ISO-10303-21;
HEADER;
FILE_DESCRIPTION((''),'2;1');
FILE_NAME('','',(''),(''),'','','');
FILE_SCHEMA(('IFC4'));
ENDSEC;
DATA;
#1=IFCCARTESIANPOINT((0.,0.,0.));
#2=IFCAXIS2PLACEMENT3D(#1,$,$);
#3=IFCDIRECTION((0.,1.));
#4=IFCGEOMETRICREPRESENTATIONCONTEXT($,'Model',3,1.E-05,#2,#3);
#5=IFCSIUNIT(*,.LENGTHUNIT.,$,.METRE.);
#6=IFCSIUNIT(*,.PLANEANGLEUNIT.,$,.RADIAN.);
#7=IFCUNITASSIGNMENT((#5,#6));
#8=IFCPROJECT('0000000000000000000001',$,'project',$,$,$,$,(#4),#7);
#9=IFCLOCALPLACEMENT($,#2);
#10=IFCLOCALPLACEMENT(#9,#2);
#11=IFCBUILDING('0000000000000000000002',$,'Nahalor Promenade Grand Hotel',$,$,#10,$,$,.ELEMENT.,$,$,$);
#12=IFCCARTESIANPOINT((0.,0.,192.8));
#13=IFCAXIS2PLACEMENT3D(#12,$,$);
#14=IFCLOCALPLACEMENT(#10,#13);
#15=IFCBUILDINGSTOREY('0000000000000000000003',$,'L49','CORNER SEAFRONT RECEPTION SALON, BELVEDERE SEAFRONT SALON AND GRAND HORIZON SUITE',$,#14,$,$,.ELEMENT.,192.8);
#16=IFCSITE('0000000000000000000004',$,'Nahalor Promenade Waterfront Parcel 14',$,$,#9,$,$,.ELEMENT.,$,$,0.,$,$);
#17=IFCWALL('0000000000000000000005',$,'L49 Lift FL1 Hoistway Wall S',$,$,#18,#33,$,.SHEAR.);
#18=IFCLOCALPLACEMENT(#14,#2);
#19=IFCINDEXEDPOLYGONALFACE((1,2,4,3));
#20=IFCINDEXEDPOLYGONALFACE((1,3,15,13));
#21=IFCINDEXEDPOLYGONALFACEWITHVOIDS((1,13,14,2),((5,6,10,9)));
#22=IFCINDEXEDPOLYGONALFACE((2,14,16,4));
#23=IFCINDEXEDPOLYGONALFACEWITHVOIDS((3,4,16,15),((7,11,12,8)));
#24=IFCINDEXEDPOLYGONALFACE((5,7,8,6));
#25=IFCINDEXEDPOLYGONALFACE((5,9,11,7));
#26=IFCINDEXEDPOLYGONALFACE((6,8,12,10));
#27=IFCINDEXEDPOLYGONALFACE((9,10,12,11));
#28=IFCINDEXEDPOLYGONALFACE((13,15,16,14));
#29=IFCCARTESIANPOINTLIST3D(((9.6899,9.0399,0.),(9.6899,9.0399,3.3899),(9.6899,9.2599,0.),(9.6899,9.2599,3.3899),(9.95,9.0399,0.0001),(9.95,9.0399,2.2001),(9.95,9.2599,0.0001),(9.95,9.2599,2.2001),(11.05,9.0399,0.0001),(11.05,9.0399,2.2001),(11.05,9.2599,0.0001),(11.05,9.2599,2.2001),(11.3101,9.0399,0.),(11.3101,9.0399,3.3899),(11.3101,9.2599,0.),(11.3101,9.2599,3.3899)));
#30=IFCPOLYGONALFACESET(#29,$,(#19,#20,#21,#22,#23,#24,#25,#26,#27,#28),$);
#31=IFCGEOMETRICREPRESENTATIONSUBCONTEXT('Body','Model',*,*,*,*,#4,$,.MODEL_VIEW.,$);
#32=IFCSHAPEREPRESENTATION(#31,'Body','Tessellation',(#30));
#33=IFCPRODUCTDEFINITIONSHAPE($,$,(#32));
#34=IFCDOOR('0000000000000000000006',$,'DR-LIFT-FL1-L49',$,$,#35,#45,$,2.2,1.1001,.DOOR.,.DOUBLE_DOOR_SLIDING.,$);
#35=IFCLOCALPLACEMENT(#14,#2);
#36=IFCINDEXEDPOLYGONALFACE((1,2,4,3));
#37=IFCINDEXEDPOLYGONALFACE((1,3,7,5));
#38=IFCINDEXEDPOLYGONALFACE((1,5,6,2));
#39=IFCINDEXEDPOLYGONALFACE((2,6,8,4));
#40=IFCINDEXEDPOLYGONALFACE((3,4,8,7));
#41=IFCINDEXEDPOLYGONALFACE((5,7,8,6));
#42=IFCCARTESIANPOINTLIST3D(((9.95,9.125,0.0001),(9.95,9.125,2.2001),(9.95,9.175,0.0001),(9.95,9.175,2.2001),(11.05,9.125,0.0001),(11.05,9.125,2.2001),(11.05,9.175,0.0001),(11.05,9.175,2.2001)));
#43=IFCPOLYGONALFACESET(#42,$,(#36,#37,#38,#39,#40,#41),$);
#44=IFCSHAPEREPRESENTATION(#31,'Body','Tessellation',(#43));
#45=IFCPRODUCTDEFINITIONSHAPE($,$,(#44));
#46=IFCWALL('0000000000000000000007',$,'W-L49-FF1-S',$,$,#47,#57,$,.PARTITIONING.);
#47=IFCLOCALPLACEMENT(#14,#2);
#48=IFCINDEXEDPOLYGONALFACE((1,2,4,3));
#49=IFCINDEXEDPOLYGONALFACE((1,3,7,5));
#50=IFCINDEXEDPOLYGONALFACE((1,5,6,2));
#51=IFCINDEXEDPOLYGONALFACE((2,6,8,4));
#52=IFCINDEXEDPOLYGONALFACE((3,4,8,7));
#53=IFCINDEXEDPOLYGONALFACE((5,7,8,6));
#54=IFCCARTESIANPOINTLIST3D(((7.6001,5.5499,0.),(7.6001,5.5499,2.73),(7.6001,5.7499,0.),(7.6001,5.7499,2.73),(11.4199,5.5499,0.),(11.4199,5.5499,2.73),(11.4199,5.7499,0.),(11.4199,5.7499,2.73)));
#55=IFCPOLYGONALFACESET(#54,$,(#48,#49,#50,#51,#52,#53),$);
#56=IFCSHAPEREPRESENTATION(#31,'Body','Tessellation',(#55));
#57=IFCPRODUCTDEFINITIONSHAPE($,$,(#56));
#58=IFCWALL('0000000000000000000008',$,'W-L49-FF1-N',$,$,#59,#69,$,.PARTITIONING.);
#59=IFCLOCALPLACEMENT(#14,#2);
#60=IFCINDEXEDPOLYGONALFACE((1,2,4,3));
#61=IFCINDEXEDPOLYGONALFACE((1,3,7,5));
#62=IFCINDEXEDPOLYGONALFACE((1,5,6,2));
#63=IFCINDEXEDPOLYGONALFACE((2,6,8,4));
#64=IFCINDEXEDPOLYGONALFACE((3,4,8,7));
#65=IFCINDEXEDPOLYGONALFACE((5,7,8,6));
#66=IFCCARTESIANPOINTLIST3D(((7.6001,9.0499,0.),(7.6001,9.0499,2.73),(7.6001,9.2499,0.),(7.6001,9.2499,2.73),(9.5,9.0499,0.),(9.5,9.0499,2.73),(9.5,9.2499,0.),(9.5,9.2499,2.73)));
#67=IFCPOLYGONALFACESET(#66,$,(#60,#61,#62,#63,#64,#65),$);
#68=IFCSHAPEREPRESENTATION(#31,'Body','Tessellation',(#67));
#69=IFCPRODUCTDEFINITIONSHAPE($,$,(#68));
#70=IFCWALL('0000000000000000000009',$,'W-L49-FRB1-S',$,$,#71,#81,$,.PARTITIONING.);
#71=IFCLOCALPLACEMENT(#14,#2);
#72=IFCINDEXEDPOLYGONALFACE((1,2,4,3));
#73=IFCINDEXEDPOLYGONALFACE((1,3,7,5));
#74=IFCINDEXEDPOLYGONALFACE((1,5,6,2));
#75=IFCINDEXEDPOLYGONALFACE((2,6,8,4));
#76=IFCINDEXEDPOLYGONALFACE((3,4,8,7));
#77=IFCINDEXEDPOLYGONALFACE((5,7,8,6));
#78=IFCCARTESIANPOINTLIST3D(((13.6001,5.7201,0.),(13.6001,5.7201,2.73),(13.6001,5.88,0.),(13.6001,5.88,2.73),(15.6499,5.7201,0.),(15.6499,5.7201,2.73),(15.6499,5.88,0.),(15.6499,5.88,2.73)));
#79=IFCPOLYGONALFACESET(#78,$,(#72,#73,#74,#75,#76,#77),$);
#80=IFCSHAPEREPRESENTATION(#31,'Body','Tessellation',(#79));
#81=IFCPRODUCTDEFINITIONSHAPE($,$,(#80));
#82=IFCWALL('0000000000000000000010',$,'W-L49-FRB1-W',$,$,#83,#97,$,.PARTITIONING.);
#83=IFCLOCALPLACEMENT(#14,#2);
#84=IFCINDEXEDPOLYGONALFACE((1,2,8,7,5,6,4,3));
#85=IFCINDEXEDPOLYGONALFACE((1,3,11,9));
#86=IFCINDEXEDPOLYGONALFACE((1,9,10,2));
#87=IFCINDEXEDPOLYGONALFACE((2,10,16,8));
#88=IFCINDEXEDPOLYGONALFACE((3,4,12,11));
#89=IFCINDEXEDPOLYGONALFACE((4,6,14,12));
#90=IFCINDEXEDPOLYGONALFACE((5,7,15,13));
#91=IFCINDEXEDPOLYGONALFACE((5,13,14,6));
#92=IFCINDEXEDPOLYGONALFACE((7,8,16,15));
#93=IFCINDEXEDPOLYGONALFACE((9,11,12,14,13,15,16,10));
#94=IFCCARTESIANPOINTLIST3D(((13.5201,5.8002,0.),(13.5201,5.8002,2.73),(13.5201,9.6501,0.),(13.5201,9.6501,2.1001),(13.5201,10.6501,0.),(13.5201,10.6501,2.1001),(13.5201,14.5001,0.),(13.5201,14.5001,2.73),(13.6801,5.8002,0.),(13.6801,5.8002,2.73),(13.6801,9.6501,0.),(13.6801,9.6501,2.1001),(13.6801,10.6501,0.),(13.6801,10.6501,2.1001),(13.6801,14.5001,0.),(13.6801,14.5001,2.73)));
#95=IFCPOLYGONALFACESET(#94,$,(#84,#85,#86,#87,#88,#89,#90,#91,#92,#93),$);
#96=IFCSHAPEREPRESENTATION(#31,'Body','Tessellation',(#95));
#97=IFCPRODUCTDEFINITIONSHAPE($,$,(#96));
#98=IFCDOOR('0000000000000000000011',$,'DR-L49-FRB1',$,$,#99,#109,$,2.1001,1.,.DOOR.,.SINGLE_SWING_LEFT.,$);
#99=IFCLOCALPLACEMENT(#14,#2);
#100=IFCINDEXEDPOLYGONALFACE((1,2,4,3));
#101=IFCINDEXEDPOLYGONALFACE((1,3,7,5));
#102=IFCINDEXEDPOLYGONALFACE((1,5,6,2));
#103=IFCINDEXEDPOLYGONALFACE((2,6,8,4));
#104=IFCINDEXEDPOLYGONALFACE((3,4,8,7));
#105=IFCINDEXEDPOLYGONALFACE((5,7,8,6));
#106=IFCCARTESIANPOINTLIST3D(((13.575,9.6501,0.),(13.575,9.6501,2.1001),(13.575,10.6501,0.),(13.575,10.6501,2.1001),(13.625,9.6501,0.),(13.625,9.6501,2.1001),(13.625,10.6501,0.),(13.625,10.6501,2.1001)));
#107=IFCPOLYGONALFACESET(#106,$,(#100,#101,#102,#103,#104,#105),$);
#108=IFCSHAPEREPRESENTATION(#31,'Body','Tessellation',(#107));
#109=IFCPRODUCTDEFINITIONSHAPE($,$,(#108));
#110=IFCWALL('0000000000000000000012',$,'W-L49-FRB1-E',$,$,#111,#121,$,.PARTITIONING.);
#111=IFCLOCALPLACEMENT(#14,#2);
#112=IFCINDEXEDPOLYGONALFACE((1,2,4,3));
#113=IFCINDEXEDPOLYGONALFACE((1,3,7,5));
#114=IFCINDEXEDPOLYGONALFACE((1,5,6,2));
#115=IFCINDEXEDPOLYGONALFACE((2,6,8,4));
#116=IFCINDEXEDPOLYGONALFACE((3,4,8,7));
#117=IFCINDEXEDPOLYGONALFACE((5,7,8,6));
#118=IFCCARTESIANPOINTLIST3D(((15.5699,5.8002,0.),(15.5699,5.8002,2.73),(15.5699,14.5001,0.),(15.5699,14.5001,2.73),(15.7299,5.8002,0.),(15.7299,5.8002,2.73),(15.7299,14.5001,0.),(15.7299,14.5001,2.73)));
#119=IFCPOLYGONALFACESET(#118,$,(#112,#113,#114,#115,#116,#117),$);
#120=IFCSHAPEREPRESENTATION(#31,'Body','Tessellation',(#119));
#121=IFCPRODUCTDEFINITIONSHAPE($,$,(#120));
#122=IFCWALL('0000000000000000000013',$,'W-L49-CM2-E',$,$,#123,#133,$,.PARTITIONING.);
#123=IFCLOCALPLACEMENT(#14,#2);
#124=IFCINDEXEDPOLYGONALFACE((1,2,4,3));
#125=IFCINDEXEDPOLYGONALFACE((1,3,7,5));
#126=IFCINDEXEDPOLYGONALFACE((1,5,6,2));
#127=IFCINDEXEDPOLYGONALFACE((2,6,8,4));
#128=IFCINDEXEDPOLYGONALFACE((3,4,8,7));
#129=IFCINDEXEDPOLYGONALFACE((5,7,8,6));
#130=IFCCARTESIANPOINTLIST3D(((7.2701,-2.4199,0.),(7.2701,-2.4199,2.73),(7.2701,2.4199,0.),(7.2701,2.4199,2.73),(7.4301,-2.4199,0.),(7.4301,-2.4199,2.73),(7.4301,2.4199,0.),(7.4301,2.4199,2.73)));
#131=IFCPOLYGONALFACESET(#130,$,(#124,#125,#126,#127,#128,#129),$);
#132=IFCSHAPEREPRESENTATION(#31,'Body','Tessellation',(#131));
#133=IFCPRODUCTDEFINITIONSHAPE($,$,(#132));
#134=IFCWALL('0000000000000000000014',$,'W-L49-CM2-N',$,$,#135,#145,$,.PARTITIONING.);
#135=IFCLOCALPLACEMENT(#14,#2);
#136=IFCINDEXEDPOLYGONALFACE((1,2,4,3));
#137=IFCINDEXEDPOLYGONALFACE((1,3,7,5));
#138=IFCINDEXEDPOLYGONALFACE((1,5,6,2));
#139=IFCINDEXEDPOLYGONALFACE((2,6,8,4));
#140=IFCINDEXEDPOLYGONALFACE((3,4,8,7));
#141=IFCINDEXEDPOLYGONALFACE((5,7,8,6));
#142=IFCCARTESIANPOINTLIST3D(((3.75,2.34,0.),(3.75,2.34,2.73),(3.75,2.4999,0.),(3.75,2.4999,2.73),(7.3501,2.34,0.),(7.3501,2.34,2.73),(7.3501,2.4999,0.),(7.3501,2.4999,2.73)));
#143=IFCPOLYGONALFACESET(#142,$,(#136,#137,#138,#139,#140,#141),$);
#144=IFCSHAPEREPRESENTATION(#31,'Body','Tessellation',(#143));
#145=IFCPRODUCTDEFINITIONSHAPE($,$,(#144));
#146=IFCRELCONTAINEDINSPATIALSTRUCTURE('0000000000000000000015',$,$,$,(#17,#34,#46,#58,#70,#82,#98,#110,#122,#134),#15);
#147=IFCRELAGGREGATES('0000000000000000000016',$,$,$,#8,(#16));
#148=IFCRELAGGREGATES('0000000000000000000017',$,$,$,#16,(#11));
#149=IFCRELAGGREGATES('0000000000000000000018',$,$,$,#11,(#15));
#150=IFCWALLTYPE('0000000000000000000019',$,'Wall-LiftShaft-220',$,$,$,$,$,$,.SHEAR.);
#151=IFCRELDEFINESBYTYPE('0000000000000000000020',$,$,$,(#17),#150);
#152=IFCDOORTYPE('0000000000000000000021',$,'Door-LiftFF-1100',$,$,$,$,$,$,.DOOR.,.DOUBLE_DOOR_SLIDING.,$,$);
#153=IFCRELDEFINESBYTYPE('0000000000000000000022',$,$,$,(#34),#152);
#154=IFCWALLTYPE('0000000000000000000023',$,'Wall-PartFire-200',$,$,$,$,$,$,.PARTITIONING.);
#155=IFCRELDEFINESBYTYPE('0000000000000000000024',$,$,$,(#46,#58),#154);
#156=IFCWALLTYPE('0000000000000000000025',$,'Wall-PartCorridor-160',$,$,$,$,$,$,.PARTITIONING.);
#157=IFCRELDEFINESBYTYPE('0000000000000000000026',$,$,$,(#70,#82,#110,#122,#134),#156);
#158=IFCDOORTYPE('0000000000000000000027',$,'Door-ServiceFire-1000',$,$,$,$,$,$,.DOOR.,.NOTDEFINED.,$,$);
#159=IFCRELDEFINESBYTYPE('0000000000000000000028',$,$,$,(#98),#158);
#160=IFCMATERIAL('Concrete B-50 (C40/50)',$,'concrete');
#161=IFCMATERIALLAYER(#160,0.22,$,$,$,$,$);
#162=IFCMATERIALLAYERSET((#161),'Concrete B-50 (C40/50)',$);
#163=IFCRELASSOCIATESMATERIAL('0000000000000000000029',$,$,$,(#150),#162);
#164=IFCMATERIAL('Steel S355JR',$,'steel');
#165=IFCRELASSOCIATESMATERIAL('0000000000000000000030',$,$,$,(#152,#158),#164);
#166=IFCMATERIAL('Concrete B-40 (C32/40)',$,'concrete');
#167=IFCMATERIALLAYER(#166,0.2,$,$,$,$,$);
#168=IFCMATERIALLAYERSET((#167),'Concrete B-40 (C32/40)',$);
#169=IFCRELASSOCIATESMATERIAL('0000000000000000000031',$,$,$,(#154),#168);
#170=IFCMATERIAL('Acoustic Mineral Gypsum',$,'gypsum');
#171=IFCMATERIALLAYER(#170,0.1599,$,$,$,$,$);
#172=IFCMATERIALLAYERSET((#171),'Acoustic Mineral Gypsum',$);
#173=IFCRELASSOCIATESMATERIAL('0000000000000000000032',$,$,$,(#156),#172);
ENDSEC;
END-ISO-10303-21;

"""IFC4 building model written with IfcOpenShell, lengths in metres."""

from ifc_helpers import new_model, si_unit, direction, frame, frame_2d, origin, place, context, subcontext, project, spatial, rectangle, extrude, source, transform, mapped, material, layer, layer_set, type_object, element, fill, save


model = new_model("IFC4")

# Units and contexts
model_context = context("Model", 3, precision=1e-05, world=origin(), true_north=direction((0.0, 1.0)))
body_context = subcontext(model_context, "Body", "Model", "MODEL_VIEW")
ifc_project = project(units=[si_unit("LENGTHUNIT", "METRE"), si_unit("PLANEANGLEUNIT", "RADIAN")], contexts=[model_context])

# Site, building, storey
site_placement = place(None, origin())
site = spatial("IfcSite", under=ifc_project, at=site_placement, Name="Nahalor Promenade Waterfront Parcel 14", CompositionType="ELEMENT", RefElevation=0.0)
building_placement = place(site_placement, origin())
building = spatial("IfcBuilding", under=site, at=building_placement, Name="Nahalor Promenade Grand Hotel", CompositionType="ELEMENT")
storey_placement = place(building_placement, frame((0.0, 0.0, 192.8)))
storey = spatial("IfcBuildingStorey", under=building, at=storey_placement, Name="L49", Description="CORNER SEAFRONT RECEPTION SALON, BELVEDERE SEAFRONT SALON AND GRAND HORIZON SUITE", CompositionType="ELEMENT", Elevation=192.8)

# Shared definitions
ifc_material_1 = material(Name="Steel S355JR", Category="steel")

# Shared definitions
ifc_material_2 = material(Name="Concrete B-50 (C40/50)", Category="concrete")

# Shared definitions
ifc_layer_1 = layer(ifc_material_2, 0.22)
ifc_layer_set_1 = layer_set([ifc_layer_1], Name="Concrete B-50 (C40/50)")
wall_type_1 = type_object("IfcWallType", Name="Wall-LiftShaft-220", PredefinedType="SHEAR", material=ifc_layer_set_1)

# Wall, opening, door
shared_shape_1 = source(origin(), body_context, "Body", "SweptSolid", [
    extrude(rectangle(XDim=1.6201, YDim=0.22, at=frame_2d((0.8101, 0.0))), origin(), (0.0, 0.0, 1.0), 3.3899),
])
wall_1_placement = place(storey_placement, frame((9.6899, 9.1499, 0.0), z_axis=(0.0, 0.0, 1.0), x_axis=(1.0, 0.0, 0.0)))
wall_1 = element("IfcWall", 1, at=wall_1_placement, inside=storey, type_object=wall_type_1, Name="L49 Lift FL1 Hoistway Wall S", PredefinedType="SHEAR", context=body_context, shape_type="MappedRepresentation", body=[
    mapped(shared_shape_1, transform((0.0, 0.0, 0.0), scale=1.0)),
])
opening_1_placement = place(wall_1_placement, frame((0.26, 0.0, 0.0)))
opening_1 = element("IfcOpeningElement", 2, at=opening_1_placement, cuts=wall_1, PredefinedType="OPENING", context=body_context, shape_type="SweptSolid", body=[
    extrude(rectangle(XDim=1.1001, YDim=2.2, at=frame_2d((0.55, 1.1001))), frame((0.0, 0.1199, 0.0), z_axis=(0.0, -1.0, 0.0), x_axis=(1.0, 0.0, 0.0)), (0.0, 0.0, 1.0), 0.24),
])
door_type_1 = type_object("IfcDoorType", Name="Door-LiftFF-1100", OperationType="DOUBLE_DOOR_SLIDING", PredefinedType="DOOR", material=ifc_material_1)
shared_shape_2 = source(origin(), body_context, "Body", "SweptSolid", [
    extrude(rectangle(XDim=1.1001, YDim=2.2, at=frame_2d((0.55, 1.1001))), frame((0.0, 0.0249, 0.0), z_axis=(0.0, -1.0, 0.0), x_axis=(1.0, 0.0, 0.0)), (0.0, 0.0, 1.0), 0.05),
])
door_1_placement = place(opening_1_placement, frame((1.1001, 0.0, 0.0), z_axis=(0.0, 0.0, 1.0), x_axis=(-1.0, 0.0, 0.0)))
door_1 = element("IfcDoor", 3, at=door_1_placement, inside=storey, type_object=door_type_1, Name="DR-LIFT-FL1-L49", OperationType="DOUBLE_DOOR_SLIDING", OverallHeight=2.2, OverallWidth=1.1001, PredefinedType="DOOR", context=body_context, shape_type="MappedRepresentation", body=[
    mapped(shared_shape_2, transform((0.0, 0.0, 0.0), scale=1.0)),
])
fill(opening_1, door_1)

# Walls
ifc_material_3 = material(Name="Concrete B-40 (C32/40)", Category="concrete")
ifc_layer_2 = layer(ifc_material_3, 0.2)
ifc_layer_set_2 = layer_set([ifc_layer_2], Name="Concrete B-40 (C32/40)")
wall_type_2 = type_object("IfcWallType", Name="Wall-PartFire-200", PredefinedType="PARTITIONING", material=ifc_layer_set_2)
shared_shape_3 = source(origin(), body_context, "Body", "SweptSolid", [
    extrude(rectangle(XDim=3.8198, YDim=0.2, at=frame_2d((1.9099, 0.0))), origin(), (0.0, 0.0, 1.0), 2.73),
])
wall_2_placement = place(storey_placement, frame((7.6001, 5.6499, 0.0), z_axis=(0.0, 0.0, 1.0), x_axis=(1.0, 0.0, 0.0)))
element("IfcWall", 4, at=wall_2_placement, inside=storey, type_object=wall_type_2, Name="W-L49-FF1-S", PredefinedType="PARTITIONING", context=body_context, shape_type="MappedRepresentation", body=[
    mapped(shared_shape_3, transform((0.0, 0.0, 0.0), scale=1.0)),
])
shared_shape_4 = source(origin(), body_context, "Body", "SweptSolid", [
    extrude(rectangle(XDim=1.8999, YDim=0.2, at=frame_2d((0.95, 0.0))), origin(), (0.0, 0.0, 1.0), 2.73),
])
wall_3_placement = place(storey_placement, frame((7.6001, 9.1499, 0.0), z_axis=(0.0, 0.0, 1.0), x_axis=(1.0, 0.0, 0.0)))
element("IfcWall", 5, at=wall_3_placement, inside=storey, type_object=wall_type_2, Name="W-L49-FF1-N", PredefinedType="PARTITIONING", context=body_context, shape_type="MappedRepresentation", body=[
    mapped(shared_shape_4, transform((0.0, 0.0, 0.0), scale=1.0)),
])

# Wall
ifc_material_4 = material(Name="Acoustic Mineral Gypsum", Category="gypsum")
ifc_layer_3 = layer(ifc_material_4, 0.1599)
ifc_layer_set_3 = layer_set([ifc_layer_3], Name="Acoustic Mineral Gypsum")
wall_type_3 = type_object("IfcWallType", Name="Wall-PartCorridor-160", PredefinedType="PARTITIONING", material=ifc_layer_set_3)
shared_shape_5 = source(origin(), body_context, "Body", "SweptSolid", [
    extrude(rectangle(XDim=2.0498, YDim=0.1599, at=frame_2d((1.0249, 0.0))), origin(), (0.0, 0.0, 1.0), 2.73),
])
wall_4_placement = place(storey_placement, frame((13.6001, 5.8, 0.0), z_axis=(0.0, 0.0, 1.0), x_axis=(1.0, 0.0, 0.0)))
element("IfcWall", 6, at=wall_4_placement, inside=storey, type_object=wall_type_3, Name="W-L49-FRB1-S", PredefinedType="PARTITIONING", context=body_context, shape_type="MappedRepresentation", body=[
    mapped(shared_shape_5, transform((0.0, 0.0, 0.0), scale=1.0)),
])

# Wall, opening, door
shared_shape_6 = source(origin(), body_context, "Body", "SweptSolid", [
    extrude(rectangle(XDim=8.7, YDim=0.1599, at=frame_2d((4.3501, 0.0))), origin(), (0.0, 0.0, 1.0), 2.73),
])
wall_5_placement = place(storey_placement, frame((13.6001, 5.8, 0.0), z_axis=(0.0, 0.0, 1.0), x_axis=(0.0, 1.0, 0.0)))
wall_5 = element("IfcWall", 7, at=wall_5_placement, inside=storey, type_object=wall_type_3, Name="W-L49-FRB1-W", PredefinedType="PARTITIONING", context=body_context, shape_type="MappedRepresentation", body=[
    mapped(shared_shape_6, transform((0.0, 0.0, 0.0), scale=1.0)),
])
opening_2_placement = place(wall_5_placement, frame((3.8501, 0.0, 0.0)))
opening_2 = element("IfcOpeningElement", 8, at=opening_2_placement, cuts=wall_5, PredefinedType="OPENING", context=body_context, shape_type="SweptSolid", body=[
    extrude(rectangle(XDim=1.0, YDim=2.1001, at=frame_2d((0.5, 1.05))), frame((0.0, 0.0898, 0.0), z_axis=(0.0, -1.0, 0.0), x_axis=(1.0, 0.0, 0.0)), (0.0, 0.0, 1.0), 0.1799),
])
door_type_2 = type_object("IfcDoorType", Name="Door-ServiceFire-1000", OperationType="NOTDEFINED", PredefinedType="DOOR", material=ifc_material_1)
shared_shape_7 = source(origin(), body_context, "Body", "SweptSolid", [
    extrude(rectangle(XDim=1.0, YDim=2.1001, at=frame_2d((0.5, 1.05))), frame((0.0, 0.0249, 0.0), z_axis=(0.0, -1.0, 0.0), x_axis=(1.0, 0.0, 0.0)), (0.0, 0.0, 1.0), 0.05),
])
door_2_placement = place(opening_2_placement, frame((1.0, 0.0, 0.0), z_axis=(0.0, 0.0, 1.0), x_axis=(-1.0, 0.0, 0.0)))
door_2 = element("IfcDoor", 9, at=door_2_placement, inside=storey, type_object=door_type_2, Name="DR-L49-FRB1", OperationType="SINGLE_SWING_LEFT", OverallHeight=2.1001, OverallWidth=1.0, PredefinedType="DOOR", context=body_context, shape_type="MappedRepresentation", body=[
    mapped(shared_shape_7, transform((0.0, 0.0, 0.0), scale=1.0)),
])
fill(opening_2, door_2)

# Walls
wall_6_placement = place(storey_placement, frame((15.6499, 5.8, 0.0), z_axis=(0.0, 0.0, 1.0), x_axis=(0.0, 1.0, 0.0)))
element("IfcWall", 10, at=wall_6_placement, inside=storey, type_object=wall_type_3, Name="W-L49-FRB1-E", PredefinedType="PARTITIONING", context=body_context, shape_type="MappedRepresentation", body=[
    mapped(shared_shape_6, transform((0.0, 0.0, 0.0), scale=1.0)),
])
shared_shape_8 = source(origin(), body_context, "Body", "SweptSolid", [
    extrude(rectangle(XDim=4.8398, YDim=0.1599, at=frame_2d((2.4199, 0.0))), origin(), (0.0, 0.0, 1.0), 2.73),
])
wall_7_placement = place(storey_placement, frame((7.3501, -2.4199, 0.0), z_axis=(0.0, 0.0, 1.0), x_axis=(0.0, 1.0, 0.0)))
element("IfcWall", 11, at=wall_7_placement, inside=storey, type_object=wall_type_3, Name="W-L49-CM2-E", PredefinedType="PARTITIONING", context=body_context, shape_type="MappedRepresentation", body=[
    mapped(shared_shape_8, transform((0.0, 0.0, 0.0), scale=1.0)),
])
shared_shape_9 = source(origin(), body_context, "Body", "SweptSolid", [
    extrude(rectangle(XDim=3.6001, YDim=0.1599, at=frame_2d((1.8, 0.0))), origin(), (0.0, 0.0, 1.0), 2.73),
])
wall_8_placement = place(storey_placement, frame((3.75, 2.4199, 0.0), z_axis=(0.0, 0.0, 1.0), x_axis=(1.0, 0.0, 0.0)))
element("IfcWall", 12, at=wall_8_placement, inside=storey, type_object=wall_type_3, Name="W-L49-CM2-N", PredefinedType="PARTITIONING", context=body_context, shape_type="MappedRepresentation", body=[
    mapped(shared_shape_9, transform((0.0, 0.0, 0.0), scale=1.0)),
])

save(model, "model.ifc")
